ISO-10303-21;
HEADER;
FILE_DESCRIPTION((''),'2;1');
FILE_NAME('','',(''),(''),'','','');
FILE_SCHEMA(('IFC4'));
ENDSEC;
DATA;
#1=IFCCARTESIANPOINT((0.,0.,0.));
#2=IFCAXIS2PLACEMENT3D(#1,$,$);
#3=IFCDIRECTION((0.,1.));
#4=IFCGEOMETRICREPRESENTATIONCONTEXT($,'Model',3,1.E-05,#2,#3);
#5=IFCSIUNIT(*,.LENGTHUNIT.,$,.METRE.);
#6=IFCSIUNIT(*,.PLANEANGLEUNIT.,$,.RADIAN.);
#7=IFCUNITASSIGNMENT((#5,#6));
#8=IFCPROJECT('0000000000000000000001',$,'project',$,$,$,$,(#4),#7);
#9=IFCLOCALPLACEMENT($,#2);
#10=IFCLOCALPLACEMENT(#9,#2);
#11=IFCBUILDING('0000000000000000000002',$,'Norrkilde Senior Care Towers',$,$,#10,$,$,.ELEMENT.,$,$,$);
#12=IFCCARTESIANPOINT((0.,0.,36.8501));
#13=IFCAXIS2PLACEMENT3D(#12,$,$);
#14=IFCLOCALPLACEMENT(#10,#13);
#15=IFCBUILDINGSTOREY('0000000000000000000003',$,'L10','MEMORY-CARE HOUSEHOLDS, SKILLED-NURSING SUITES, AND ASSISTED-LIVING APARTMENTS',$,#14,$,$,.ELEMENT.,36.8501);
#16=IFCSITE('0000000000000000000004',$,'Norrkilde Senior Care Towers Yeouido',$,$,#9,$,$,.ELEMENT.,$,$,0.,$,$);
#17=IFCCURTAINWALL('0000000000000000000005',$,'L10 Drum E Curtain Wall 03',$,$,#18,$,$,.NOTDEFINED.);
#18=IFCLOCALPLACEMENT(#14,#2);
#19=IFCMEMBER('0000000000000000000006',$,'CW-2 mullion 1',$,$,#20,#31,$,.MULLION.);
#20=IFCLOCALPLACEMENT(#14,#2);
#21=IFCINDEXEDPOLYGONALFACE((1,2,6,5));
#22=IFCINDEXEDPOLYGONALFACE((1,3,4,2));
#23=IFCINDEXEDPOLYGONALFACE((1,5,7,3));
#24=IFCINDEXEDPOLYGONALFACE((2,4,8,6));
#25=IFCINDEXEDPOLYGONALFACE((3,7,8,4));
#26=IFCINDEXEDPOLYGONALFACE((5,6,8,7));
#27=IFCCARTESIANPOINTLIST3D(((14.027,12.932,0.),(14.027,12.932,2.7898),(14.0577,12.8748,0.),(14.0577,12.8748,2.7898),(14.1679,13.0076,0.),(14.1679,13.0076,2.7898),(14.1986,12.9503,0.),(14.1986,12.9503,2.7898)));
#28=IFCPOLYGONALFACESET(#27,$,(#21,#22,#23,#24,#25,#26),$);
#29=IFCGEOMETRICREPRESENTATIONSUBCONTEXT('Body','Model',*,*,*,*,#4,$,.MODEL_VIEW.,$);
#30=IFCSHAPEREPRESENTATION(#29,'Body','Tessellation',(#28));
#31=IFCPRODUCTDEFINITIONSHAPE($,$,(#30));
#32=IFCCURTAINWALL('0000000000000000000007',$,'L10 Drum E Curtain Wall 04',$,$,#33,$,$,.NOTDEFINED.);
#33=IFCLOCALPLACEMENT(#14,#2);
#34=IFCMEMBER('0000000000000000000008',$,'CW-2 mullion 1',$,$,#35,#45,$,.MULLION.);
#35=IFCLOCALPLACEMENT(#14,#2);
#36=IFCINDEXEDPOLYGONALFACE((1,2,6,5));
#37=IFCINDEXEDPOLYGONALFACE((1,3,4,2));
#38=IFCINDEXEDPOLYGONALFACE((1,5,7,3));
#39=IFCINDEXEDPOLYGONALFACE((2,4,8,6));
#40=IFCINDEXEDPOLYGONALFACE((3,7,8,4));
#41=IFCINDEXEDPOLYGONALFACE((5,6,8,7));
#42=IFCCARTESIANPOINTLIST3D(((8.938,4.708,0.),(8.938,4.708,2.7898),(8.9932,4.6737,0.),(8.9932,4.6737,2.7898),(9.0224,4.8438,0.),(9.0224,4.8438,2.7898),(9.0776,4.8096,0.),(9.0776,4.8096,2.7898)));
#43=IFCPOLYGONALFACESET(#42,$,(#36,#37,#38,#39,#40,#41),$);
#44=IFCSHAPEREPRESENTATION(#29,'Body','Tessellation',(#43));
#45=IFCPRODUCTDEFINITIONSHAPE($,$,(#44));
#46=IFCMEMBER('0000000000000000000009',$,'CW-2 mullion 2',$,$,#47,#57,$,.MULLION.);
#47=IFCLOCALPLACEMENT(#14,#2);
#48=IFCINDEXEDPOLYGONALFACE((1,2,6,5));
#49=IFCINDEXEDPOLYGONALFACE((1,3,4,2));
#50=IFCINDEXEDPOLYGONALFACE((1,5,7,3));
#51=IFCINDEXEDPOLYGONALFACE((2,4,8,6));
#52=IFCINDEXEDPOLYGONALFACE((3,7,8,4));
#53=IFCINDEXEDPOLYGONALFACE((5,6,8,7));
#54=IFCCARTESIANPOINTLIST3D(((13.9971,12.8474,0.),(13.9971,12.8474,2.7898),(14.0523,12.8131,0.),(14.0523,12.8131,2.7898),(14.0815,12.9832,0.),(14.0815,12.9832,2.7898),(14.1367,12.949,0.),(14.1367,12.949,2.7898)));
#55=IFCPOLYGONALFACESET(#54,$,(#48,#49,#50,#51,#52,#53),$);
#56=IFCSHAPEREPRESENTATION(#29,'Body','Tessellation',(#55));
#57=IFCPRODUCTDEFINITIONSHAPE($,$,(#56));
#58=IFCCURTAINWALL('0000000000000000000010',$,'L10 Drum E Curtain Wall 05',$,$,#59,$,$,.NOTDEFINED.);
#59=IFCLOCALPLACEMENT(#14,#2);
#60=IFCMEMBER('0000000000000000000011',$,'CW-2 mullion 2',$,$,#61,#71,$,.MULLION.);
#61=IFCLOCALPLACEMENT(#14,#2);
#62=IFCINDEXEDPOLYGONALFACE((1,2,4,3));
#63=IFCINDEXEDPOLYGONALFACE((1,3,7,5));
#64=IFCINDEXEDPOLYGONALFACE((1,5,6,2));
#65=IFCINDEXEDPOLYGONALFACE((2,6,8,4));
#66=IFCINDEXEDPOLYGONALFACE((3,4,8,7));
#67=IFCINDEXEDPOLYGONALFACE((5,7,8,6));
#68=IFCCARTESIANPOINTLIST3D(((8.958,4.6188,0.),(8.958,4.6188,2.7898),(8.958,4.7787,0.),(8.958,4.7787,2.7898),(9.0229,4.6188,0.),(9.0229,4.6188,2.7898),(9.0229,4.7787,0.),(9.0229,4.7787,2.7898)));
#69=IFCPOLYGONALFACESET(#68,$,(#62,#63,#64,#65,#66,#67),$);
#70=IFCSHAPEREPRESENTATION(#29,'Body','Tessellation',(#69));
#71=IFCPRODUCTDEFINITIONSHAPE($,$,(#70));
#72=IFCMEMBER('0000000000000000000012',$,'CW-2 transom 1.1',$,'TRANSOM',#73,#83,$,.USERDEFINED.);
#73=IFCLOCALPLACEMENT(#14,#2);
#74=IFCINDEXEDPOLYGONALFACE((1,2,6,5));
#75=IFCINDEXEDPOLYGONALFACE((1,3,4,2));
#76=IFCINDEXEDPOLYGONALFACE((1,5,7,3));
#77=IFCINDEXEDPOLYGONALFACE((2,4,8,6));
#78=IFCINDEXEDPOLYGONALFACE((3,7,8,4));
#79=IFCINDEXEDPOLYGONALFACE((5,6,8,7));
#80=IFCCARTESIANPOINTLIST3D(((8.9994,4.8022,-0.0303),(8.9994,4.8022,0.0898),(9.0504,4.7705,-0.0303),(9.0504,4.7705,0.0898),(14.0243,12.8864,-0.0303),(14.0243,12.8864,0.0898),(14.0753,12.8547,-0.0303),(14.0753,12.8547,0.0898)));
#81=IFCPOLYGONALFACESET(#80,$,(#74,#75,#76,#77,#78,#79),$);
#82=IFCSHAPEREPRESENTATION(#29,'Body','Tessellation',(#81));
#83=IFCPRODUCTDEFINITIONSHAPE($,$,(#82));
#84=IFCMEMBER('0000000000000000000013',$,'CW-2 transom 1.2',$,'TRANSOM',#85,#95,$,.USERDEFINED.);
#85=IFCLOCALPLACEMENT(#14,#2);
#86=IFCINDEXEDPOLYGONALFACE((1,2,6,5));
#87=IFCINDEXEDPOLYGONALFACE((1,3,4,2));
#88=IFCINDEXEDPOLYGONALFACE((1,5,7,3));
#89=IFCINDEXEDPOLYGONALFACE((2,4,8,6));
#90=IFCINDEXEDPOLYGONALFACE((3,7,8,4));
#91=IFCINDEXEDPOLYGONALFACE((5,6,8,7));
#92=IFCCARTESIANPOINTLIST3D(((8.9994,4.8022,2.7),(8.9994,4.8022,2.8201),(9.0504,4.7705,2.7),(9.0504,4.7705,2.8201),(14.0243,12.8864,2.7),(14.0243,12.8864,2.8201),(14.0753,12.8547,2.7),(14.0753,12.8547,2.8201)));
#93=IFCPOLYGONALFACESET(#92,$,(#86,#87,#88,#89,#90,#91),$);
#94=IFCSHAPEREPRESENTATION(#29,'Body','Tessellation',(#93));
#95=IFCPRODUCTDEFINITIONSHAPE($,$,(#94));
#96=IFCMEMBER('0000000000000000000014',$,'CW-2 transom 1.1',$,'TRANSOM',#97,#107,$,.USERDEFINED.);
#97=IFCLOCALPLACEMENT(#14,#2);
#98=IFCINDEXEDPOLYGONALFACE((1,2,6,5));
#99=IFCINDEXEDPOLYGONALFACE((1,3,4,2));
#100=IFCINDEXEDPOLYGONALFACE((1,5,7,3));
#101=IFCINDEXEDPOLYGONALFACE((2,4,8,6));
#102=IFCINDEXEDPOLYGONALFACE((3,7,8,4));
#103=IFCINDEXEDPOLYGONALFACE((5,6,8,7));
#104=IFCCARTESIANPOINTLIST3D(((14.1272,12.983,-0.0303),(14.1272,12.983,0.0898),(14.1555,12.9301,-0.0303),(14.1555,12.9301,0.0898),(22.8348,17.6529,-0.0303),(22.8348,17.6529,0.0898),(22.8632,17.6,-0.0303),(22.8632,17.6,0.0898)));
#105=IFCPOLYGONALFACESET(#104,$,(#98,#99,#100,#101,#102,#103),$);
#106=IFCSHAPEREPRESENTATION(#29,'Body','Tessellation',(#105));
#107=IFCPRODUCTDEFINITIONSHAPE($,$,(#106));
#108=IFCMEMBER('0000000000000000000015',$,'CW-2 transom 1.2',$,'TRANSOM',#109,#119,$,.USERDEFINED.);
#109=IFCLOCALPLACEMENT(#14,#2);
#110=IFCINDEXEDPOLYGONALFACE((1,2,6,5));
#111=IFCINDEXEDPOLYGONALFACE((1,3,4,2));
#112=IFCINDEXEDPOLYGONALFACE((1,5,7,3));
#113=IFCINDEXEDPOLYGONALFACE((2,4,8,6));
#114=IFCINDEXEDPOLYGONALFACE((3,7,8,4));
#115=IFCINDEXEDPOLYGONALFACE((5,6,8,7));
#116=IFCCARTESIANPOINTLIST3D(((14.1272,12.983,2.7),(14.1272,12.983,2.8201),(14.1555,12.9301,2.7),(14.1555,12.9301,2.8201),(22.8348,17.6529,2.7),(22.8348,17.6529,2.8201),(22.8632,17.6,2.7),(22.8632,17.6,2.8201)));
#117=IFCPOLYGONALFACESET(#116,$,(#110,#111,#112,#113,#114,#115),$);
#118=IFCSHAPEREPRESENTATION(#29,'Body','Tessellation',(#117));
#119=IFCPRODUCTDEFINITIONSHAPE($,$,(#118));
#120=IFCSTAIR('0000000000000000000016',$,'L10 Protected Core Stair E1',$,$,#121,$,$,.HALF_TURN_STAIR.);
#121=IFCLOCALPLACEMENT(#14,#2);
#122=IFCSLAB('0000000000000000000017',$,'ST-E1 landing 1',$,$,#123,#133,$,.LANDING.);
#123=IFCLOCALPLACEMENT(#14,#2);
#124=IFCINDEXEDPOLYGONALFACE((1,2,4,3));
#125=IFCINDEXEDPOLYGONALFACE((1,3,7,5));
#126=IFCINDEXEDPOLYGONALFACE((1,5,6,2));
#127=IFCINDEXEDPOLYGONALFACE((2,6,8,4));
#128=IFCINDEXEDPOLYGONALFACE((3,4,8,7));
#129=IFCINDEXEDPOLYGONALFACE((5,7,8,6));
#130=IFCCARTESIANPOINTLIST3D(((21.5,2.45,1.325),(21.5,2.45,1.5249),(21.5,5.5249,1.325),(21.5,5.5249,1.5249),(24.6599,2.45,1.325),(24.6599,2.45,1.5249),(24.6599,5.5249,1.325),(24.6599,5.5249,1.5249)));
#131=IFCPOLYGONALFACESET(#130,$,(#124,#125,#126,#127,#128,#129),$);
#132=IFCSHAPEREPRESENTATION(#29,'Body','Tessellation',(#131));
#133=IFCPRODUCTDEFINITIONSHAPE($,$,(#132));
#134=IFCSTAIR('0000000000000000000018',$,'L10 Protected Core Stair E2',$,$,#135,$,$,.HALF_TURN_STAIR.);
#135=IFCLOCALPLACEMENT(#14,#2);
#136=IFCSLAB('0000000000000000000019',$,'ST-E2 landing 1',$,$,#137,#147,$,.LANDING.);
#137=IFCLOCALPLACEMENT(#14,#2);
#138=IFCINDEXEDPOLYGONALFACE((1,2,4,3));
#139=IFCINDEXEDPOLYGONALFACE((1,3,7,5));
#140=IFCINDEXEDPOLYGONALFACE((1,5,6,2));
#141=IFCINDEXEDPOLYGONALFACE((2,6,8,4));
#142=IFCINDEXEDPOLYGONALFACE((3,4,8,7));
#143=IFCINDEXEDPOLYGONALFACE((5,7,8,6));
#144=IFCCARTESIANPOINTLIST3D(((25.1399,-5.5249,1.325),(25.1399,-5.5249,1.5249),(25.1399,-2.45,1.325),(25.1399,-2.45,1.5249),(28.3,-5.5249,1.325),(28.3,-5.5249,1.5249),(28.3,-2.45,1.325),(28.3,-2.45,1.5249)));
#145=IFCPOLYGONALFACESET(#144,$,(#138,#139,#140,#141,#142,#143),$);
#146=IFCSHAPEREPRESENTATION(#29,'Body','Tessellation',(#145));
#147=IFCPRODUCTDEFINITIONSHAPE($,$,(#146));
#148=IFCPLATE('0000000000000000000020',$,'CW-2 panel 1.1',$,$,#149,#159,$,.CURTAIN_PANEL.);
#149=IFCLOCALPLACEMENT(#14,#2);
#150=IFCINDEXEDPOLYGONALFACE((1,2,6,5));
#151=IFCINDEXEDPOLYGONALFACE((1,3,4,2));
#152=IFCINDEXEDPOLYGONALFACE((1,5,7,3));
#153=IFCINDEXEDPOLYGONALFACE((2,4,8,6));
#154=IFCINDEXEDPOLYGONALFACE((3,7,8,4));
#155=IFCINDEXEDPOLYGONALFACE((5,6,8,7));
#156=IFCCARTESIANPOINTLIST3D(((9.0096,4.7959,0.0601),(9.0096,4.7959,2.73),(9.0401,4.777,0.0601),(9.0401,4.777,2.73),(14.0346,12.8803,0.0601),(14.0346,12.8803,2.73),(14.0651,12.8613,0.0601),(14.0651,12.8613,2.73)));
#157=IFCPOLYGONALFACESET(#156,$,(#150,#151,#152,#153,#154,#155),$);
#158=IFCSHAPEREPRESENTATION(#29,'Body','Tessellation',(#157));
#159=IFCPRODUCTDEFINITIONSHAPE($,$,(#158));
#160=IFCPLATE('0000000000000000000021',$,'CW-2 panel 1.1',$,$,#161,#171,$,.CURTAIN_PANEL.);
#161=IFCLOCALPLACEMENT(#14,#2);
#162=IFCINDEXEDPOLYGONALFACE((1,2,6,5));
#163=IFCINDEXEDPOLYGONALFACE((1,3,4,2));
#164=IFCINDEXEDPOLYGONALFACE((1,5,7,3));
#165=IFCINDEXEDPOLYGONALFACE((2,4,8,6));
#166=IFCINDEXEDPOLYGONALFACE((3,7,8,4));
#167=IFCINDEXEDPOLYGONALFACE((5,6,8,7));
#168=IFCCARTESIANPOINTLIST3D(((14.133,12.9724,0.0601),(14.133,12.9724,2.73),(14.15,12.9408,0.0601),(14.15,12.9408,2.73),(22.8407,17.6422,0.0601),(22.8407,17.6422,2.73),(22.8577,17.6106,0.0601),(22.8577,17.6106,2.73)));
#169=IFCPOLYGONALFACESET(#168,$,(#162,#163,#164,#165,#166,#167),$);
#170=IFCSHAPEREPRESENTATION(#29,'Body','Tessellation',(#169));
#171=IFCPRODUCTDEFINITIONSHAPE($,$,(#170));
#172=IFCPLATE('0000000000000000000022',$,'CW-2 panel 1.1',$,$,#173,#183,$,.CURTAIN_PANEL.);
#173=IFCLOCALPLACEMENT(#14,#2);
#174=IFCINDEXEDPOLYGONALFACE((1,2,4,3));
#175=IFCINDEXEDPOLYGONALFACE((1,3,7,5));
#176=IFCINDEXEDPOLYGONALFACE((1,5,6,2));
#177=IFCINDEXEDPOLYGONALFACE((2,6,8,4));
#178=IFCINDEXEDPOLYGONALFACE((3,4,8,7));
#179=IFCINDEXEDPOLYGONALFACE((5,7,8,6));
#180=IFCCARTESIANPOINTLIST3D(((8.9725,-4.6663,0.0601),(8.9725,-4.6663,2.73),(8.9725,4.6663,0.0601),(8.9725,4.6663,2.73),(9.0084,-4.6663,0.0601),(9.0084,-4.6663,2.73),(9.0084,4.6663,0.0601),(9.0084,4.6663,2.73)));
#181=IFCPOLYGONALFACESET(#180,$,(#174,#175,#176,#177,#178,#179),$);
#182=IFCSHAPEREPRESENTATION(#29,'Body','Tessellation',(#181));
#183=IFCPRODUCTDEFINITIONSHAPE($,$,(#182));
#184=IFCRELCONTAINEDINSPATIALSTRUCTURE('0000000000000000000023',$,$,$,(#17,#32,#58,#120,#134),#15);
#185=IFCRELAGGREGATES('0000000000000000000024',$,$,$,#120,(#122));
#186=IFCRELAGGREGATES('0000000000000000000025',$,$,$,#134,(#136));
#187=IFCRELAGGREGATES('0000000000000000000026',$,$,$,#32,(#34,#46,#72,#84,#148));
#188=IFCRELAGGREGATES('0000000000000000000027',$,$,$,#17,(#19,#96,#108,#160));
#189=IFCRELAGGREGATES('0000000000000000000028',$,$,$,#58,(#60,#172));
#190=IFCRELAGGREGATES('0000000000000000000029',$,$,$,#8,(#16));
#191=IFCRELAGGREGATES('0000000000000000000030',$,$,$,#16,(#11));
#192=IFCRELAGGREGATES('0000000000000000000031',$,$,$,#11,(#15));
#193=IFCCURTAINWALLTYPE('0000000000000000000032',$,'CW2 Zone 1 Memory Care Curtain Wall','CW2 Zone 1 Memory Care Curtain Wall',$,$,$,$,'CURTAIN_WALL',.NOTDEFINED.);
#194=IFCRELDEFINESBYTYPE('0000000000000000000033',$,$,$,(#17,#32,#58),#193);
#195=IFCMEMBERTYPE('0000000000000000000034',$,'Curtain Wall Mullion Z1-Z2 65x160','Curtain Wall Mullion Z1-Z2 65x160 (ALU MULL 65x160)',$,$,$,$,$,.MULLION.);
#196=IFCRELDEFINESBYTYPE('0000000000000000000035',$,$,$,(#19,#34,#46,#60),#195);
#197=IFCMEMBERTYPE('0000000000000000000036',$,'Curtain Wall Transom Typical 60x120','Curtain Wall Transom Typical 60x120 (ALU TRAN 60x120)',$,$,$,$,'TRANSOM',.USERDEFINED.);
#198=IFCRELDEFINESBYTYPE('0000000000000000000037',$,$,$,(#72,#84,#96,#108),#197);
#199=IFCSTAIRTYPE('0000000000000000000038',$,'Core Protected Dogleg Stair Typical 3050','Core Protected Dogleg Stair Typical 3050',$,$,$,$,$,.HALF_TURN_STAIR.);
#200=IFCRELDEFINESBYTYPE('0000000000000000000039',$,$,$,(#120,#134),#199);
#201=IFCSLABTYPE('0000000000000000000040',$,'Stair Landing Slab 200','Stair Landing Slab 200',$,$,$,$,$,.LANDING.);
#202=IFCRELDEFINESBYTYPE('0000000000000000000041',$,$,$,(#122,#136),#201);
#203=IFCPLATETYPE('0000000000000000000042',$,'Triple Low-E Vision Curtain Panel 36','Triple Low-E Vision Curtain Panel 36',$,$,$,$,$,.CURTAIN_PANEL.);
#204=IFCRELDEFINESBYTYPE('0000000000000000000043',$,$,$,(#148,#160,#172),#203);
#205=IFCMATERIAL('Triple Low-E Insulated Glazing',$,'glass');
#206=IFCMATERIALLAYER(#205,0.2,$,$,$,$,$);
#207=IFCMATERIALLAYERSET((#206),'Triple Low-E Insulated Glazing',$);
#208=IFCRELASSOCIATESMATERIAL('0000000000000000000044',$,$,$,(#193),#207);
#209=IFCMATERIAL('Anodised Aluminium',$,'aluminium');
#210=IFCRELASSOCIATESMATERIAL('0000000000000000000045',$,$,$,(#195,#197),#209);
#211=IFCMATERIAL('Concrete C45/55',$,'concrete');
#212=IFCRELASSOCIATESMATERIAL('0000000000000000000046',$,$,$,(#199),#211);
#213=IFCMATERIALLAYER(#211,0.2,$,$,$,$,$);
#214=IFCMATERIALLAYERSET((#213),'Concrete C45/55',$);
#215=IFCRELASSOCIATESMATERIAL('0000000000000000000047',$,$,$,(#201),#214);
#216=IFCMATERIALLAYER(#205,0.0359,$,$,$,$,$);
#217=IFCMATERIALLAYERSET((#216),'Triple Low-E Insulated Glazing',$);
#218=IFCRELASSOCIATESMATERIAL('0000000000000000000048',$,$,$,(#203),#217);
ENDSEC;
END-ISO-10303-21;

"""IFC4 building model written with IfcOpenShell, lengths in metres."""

from ifc_helpers import new_model, si_unit, direction, frame, origin, origin_2d, place, context, subcontext, project, spatial, polyline, rectangle, outline, extrude, source, transform, mapped, material, layer, layer_set, material_profile, profile_set, type_object, type_shapes, element, aggregate, save


model = new_model("IFC4")

# Units and contexts
model_context = context("Model", 3, precision=1e-05, world=origin(), true_north=direction((0.0, 1.0)))
body_context = subcontext(model_context, "Body", "Model", "MODEL_VIEW")
ifc_project = project(units=[si_unit("LENGTHUNIT", "METRE"), si_unit("PLANEANGLEUNIT", "RADIAN")], contexts=[model_context])

# Site, building, storey
site_placement = place(None, origin())
site = spatial("IfcSite", under=ifc_project, at=site_placement, Name="Norrkilde Senior Care Towers Yeouido", CompositionType="ELEMENT", RefElevation=0.0)
building_placement = place(site_placement, origin())
building = spatial("IfcBuilding", under=site, at=building_placement, Name="Norrkilde Senior Care Towers", CompositionType="ELEMENT")
storey_placement = place(building_placement, frame((0.0, 0.0, 36.8501)))
storey = spatial("IfcBuildingStorey", under=building, at=storey_placement, Name="L10", Description="MEMORY-CARE HOUSEHOLDS, SKILLED-NURSING SUITES, AND ASSISTED-LIVING APARTMENTS", CompositionType="ELEMENT", Elevation=36.8501)

# Curtain wall, member
ifc_material_1 = material(Name="Triple Low-E Insulated Glazing", Category="glass")
ifc_layer_1 = layer(ifc_material_1, 0.2)
ifc_layer_set_1 = layer_set([ifc_layer_1], Name="Triple Low-E Insulated Glazing")
curtain_wall_type = type_object("IfcCurtainWallType", Name="CW2 Zone 1 Memory Care Curtain Wall", Description="CW2 Zone 1 Memory Care Curtain Wall", ElementType="CURTAIN_WALL", PredefinedType="NOTDEFINED", material=ifc_layer_set_1)
curtain_wall_1_placement = place(storey_placement, origin())
curtain_wall_1 = element("IfcCurtainWall", 1, at=curtain_wall_1_placement, inside=storey, type_object=curtain_wall_type, Name="L10 Drum E Curtain Wall 03", PredefinedType="NOTDEFINED")
ifc_material_2 = material(Name="Anodised Aluminium", Category="aluminium")
ifc_material_profile_1 = material_profile(ifc_material_2, rectangle(XDim=0.0649, YDim=0.1599, at=origin_2d()), Name="ALU MULL 65x160")
ifc_profile_set_1 = profile_set([ifc_material_profile_1], Name="Anodised Aluminium")
member_type_1 = type_object("IfcMemberType", Name="Curtain Wall Mullion Z1-Z2 65x160", Description="Curtain Wall Mullion Z1-Z2 65x160 (ALU MULL 65x160)", PredefinedType="MULLION", material=ifc_profile_set_1)
shared_shape_1 = source(origin(), body_context, "Body", "SweptSolid", [
    extrude(rectangle(XDim=0.0649, YDim=0.1599, at=origin_2d()), origin(), (0.0, 0.0, 1.0), 2.7898),
])
type_shapes(member_type_1, [shared_shape_1])
member_1_placement = place(storey_placement, frame((14.1128, 12.9412, 0.0), z_axis=(0.0, 0.0, 1.0), x_axis=(-0.472608, 0.881273, 0.0)))
member_1 = element("IfcMember", 2, at=member_1_placement, type_object=member_type_1, Name="CW-2 mullion 1", PredefinedType="MULLION", context=body_context, shape_type="MappedRepresentation", body=[
    mapped(shared_shape_1, transform((0.0, 0.0, 0.0), x_axis=(1.0, 0.0, 0.0), y_axis=(0.0, 1.0, 0.0), z_axis=(0.0, 0.0, 1.0), scale=1.0)),
])

# Curtain wall, members
curtain_wall_2_placement = place(storey_placement, origin())
curtain_wall_2 = element("IfcCurtainWall", 3, at=curtain_wall_2_placement, inside=storey, type_object=curtain_wall_type, Name="L10 Drum E Curtain Wall 04", PredefinedType="NOTDEFINED")
member_2_placement = place(storey_placement, frame((9.0078, 4.7588, 0.0), z_axis=(0.0, 0.0, 1.0), x_axis=(-0.849306, 0.527901, 0.0)))
member_2 = element("IfcMember", 4, at=member_2_placement, type_object=member_type_1, Name="CW-2 mullion 1", PredefinedType="MULLION", context=body_context, shape_type="MappedRepresentation", body=[
    mapped(shared_shape_1, transform((0.0, 0.0, 0.0), x_axis=(1.0, 0.0, 0.0), y_axis=(0.0, 1.0, 0.0), z_axis=(0.0, 0.0, 1.0), scale=1.0)),
])
member_3_placement = place(storey_placement, frame((14.0669, 12.8982, 0.0), z_axis=(0.0, 0.0, 1.0), x_axis=(-0.849306, 0.527901, 0.0)))
member_3 = element("IfcMember", 5, at=member_3_placement, type_object=member_type_1, Name="CW-2 mullion 2", PredefinedType="MULLION", context=body_context, shape_type="MappedRepresentation", body=[
    mapped(shared_shape_1, transform((0.0, 0.0, 0.0), x_axis=(1.0, 0.0, 0.0), y_axis=(0.0, 1.0, 0.0), z_axis=(0.0, 0.0, 1.0), scale=1.0)),
])

# Curtain wall, member
curtain_wall_3_placement = place(storey_placement, origin())
curtain_wall_3 = element("IfcCurtainWall", 6, at=curtain_wall_3_placement, inside=storey, type_object=curtain_wall_type, Name="L10 Drum E Curtain Wall 05", PredefinedType="NOTDEFINED")
member_4_placement = place(storey_placement, frame((8.9905, 4.6987, 0.0), z_axis=(0.0, 0.0, 1.0), x_axis=(-1.0, 0.0, 0.0)))
member_4 = element("IfcMember", 7, at=member_4_placement, type_object=member_type_1, Name="CW-2 mullion 2", PredefinedType="MULLION", context=body_context, shape_type="MappedRepresentation", body=[
    mapped(shared_shape_1, transform((0.0, 0.0, 0.0), x_axis=(1.0, 0.0, 0.0), y_axis=(0.0, 1.0, 0.0), z_axis=(0.0, 0.0, 1.0), scale=1.0)),
])

# Members
ifc_material_profile_2 = material_profile(ifc_material_2, rectangle(XDim=0.0601, YDim=0.1201, at=origin_2d()), Name="ALU TRAN 60x120")
ifc_profile_set_2 = profile_set([ifc_material_profile_2], Name="Anodised Aluminium")
member_type_2 = type_object("IfcMemberType", Name="Curtain Wall Transom Typical 60x120", Description="Curtain Wall Transom Typical 60x120 (ALU TRAN 60x120)", ElementType="TRANSOM", PredefinedType="USERDEFINED", material=ifc_profile_set_2)
shared_shape_2 = source(origin(), body_context, "Body", "SweptSolid", [
    extrude(rectangle(XDim=0.0601, YDim=0.1201, at=origin_2d()), origin(), (0.0, 0.0, 1.0), 9.5186),
])
member_5_placement = place(storey_placement, frame((9.0249, 4.7864, 0.0298), z_axis=(0.527902, 0.849306, 0.0), x_axis=(-0.849306, 0.527902, 0.0)))
member_5 = element("IfcMember", 8, at=member_5_placement, type_object=member_type_2, Name="CW-2 transom 1.1", ObjectType="TRANSOM", PredefinedType="USERDEFINED", context=body_context, shape_type="MappedRepresentation", body=[
    mapped(shared_shape_2, transform((0.0, 0.0, 0.0), x_axis=(1.0, 0.0, 0.0), y_axis=(0.0, 1.0, 0.0), z_axis=(0.0, 0.0, 1.0), scale=1.0)),
])
member_6_placement = place(storey_placement, frame((9.0249, 4.7864, 2.76), z_axis=(0.527902, 0.849306, 0.0), x_axis=(-0.849306, 0.527902, 0.0)))
member_6 = element("IfcMember", 9, at=member_6_placement, type_object=member_type_2, Name="CW-2 transom 1.2", ObjectType="TRANSOM", PredefinedType="USERDEFINED", context=body_context, shape_type="MappedRepresentation", body=[
    mapped(shared_shape_2, transform((0.0, 0.0, 0.0), x_axis=(1.0, 0.0, 0.0), y_axis=(0.0, 1.0, 0.0), z_axis=(0.0, 0.0, 1.0), scale=1.0)),
])
shared_shape_3 = source(origin(), body_context, "Body", "SweptSolid", [
    extrude(rectangle(XDim=0.0601, YDim=0.1201, at=origin_2d()), origin(), (0.0, 0.0, 1.0), 9.8809),
])
type_shapes(member_type_2, [shared_shape_2, shared_shape_3])
member_7_placement = place(storey_placement, frame((14.1414, 12.9565, 0.0298), z_axis=(0.881267, 0.472618, 0.0), x_axis=(-0.472618, 0.881267, 0.0)))
member_7 = element("IfcMember", 10, at=member_7_placement, type_object=member_type_2, Name="CW-2 transom 1.1", ObjectType="TRANSOM", PredefinedType="USERDEFINED", context=body_context, shape_type="MappedRepresentation", body=[
    mapped(shared_shape_3, transform((0.0, 0.0, 0.0), x_axis=(1.0, 0.0, 0.0), y_axis=(0.0, 1.0, 0.0), z_axis=(0.0, 0.0, 1.0), scale=1.0)),
])
member_8_placement = place(storey_placement, frame((14.1414, 12.9565, 2.76), z_axis=(0.881267, 0.472618, 0.0), x_axis=(-0.472618, 0.881267, 0.0)))
member_8 = element("IfcMember", 11, at=member_8_placement, type_object=member_type_2, Name="CW-2 transom 1.2", ObjectType="TRANSOM", PredefinedType="USERDEFINED", context=body_context, shape_type="MappedRepresentation", body=[
    mapped(shared_shape_3, transform((0.0, 0.0, 0.0), x_axis=(1.0, 0.0, 0.0), y_axis=(0.0, 1.0, 0.0), z_axis=(0.0, 0.0, 1.0), scale=1.0)),
])

# Stairs, slabs
ifc_material_3 = material(Name="Concrete C45/55", Category="concrete")
stair_type = type_object("IfcStairType", Name="Core Protected Dogleg Stair Typical 3050", Description="Core Protected Dogleg Stair Typical 3050", PredefinedType="HALF_TURN_STAIR", material=ifc_material_3)
stair_1_placement = place(storey_placement, origin())
stair_1 = element("IfcStair", 12, at=stair_1_placement, inside=storey, type_object=stair_type, Name="L10 Protected Core Stair E1", PredefinedType="HALF_TURN_STAIR")
ifc_layer_2 = layer(ifc_material_3, 0.2)
ifc_layer_set_2 = layer_set([ifc_layer_2], Name="Concrete C45/55")
slab_type = type_object("IfcSlabType", Name="Stair Landing Slab 200", Description="Stair Landing Slab 200", PredefinedType="LANDING", material=ifc_layer_set_2)
slab_1_placement = place(storey_placement, frame((0.0, 0.0, 1.325)))
slab_1 = element("IfcSlab", 13, at=slab_1_placement, type_object=slab_type, Name="ST-E1 landing 1", PredefinedType="LANDING", context=body_context, shape_type="SweptSolid", body=[
    extrude(outline(polyline([(24.6599, 5.5249), (21.5, 5.5249), (21.5, 2.45), (24.6599, 2.45), (24.6599, 5.5249)])), origin(), (0.0, 0.0, 1.0), 0.2),
])
aggregate(stair_1, [slab_1])
stair_2_placement = place(storey_placement, origin())
stair_2 = element("IfcStair", 14, at=stair_2_placement, inside=storey, type_object=stair_type, Name="L10 Protected Core Stair E2", PredefinedType="HALF_TURN_STAIR")
slab_2_placement = place(storey_placement, frame((0.0, 0.0, 1.325)))
slab_2 = element("IfcSlab", 15, at=slab_2_placement, type_object=slab_type, Name="ST-E2 landing 1", PredefinedType="LANDING", context=body_context, shape_type="SweptSolid", body=[
    extrude(outline(polyline([(25.1399, -5.5249), (28.3, -5.5249), (28.3, -2.45), (25.1399, -2.45), (25.1399, -5.5249)])), origin(), (0.0, 0.0, 1.0), 0.2),
])
aggregate(stair_2, [slab_2])

# Plates
ifc_layer_3 = layer(ifc_material_1, 0.0359)
ifc_layer_set_3 = layer_set([ifc_layer_3], Name="Triple Low-E Insulated Glazing")
plate_type = type_object("IfcPlateType", Name="Triple Low-E Vision Curtain Panel 36", Description="Triple Low-E Vision Curtain Panel 36", PredefinedType="CURTAIN_PANEL", material=ifc_layer_set_3)
shared_shape_4 = source(origin(), body_context, "Body", "SweptSolid", [
    extrude(rectangle(XDim=9.5188, YDim=0.0359, at=origin_2d()), origin(), (0.0, 0.0, 1.0), 2.6699),
])
plate_1_placement = place(storey_placement, frame((11.5374, 8.8286, 0.0601), z_axis=(0.0, 0.0, 1.0), x_axis=(0.527901, 0.849306, 0.0)))
plate_1 = element("IfcPlate", 16, at=plate_1_placement, type_object=plate_type, Name="CW-2 panel 1.1", PredefinedType="CURTAIN_PANEL", context=body_context, shape_type="MappedRepresentation", body=[
    mapped(shared_shape_4, transform((0.0, 0.0, 0.0), x_axis=(1.0, 0.0, 0.0), y_axis=(0.0, 1.0, 0.0), z_axis=(0.0, 0.0, 1.0), scale=1.0)),
])
aggregate(curtain_wall_2, [member_2, member_3, member_5, member_6, plate_1])
shared_shape_5 = source(origin(), body_context, "Body", "SweptSolid", [
    extrude(rectangle(XDim=9.8809, YDim=0.0359, at=origin_2d()), origin(), (0.0, 0.0, 1.0), 2.6699),
])
plate_2_placement = place(storey_placement, frame((18.4954, 15.2915, 0.0601), z_axis=(0.0, 0.0, 1.0), x_axis=(0.881273, 0.472608, 0.0)))
plate_2 = element("IfcPlate", 17, at=plate_2_placement, type_object=plate_type, Name="CW-2 panel 1.1", PredefinedType="CURTAIN_PANEL", context=body_context, shape_type="MappedRepresentation", body=[
    mapped(shared_shape_5, transform((0.0, 0.0, 0.0), x_axis=(1.0, 0.0, 0.0), y_axis=(0.0, 1.0, 0.0), z_axis=(0.0, 0.0, 1.0), scale=1.0)),
])
aggregate(curtain_wall_1, [member_1, member_7, member_8, plate_2])
shared_shape_6 = source(origin(), body_context, "Body", "SweptSolid", [
    extrude(rectangle(XDim=9.3325, YDim=0.0359, at=origin_2d()), origin(), (0.0, 0.0, 1.0), 2.6699),
])
type_shapes(plate_type, [shared_shape_4, shared_shape_5, shared_shape_6])
plate_3_placement = place(storey_placement, frame((8.9905, 0.0, 0.0601), z_axis=(0.0, 0.0, 1.0), x_axis=(0.0, 1.0, 0.0)))
plate_3 = element("IfcPlate", 18, at=plate_3_placement, type_object=plate_type, Name="CW-2 panel 1.1", PredefinedType="CURTAIN_PANEL", context=body_context, shape_type="MappedRepresentation", body=[
    mapped(shared_shape_6, transform((0.0, 0.0, 0.0), x_axis=(1.0, 0.0, 0.0), y_axis=(0.0, 1.0, 0.0), z_axis=(0.0, 0.0, 1.0), scale=1.0)),
])
aggregate(curtain_wall_3, [member_4, plate_3])

save(model, "model.ifc")
